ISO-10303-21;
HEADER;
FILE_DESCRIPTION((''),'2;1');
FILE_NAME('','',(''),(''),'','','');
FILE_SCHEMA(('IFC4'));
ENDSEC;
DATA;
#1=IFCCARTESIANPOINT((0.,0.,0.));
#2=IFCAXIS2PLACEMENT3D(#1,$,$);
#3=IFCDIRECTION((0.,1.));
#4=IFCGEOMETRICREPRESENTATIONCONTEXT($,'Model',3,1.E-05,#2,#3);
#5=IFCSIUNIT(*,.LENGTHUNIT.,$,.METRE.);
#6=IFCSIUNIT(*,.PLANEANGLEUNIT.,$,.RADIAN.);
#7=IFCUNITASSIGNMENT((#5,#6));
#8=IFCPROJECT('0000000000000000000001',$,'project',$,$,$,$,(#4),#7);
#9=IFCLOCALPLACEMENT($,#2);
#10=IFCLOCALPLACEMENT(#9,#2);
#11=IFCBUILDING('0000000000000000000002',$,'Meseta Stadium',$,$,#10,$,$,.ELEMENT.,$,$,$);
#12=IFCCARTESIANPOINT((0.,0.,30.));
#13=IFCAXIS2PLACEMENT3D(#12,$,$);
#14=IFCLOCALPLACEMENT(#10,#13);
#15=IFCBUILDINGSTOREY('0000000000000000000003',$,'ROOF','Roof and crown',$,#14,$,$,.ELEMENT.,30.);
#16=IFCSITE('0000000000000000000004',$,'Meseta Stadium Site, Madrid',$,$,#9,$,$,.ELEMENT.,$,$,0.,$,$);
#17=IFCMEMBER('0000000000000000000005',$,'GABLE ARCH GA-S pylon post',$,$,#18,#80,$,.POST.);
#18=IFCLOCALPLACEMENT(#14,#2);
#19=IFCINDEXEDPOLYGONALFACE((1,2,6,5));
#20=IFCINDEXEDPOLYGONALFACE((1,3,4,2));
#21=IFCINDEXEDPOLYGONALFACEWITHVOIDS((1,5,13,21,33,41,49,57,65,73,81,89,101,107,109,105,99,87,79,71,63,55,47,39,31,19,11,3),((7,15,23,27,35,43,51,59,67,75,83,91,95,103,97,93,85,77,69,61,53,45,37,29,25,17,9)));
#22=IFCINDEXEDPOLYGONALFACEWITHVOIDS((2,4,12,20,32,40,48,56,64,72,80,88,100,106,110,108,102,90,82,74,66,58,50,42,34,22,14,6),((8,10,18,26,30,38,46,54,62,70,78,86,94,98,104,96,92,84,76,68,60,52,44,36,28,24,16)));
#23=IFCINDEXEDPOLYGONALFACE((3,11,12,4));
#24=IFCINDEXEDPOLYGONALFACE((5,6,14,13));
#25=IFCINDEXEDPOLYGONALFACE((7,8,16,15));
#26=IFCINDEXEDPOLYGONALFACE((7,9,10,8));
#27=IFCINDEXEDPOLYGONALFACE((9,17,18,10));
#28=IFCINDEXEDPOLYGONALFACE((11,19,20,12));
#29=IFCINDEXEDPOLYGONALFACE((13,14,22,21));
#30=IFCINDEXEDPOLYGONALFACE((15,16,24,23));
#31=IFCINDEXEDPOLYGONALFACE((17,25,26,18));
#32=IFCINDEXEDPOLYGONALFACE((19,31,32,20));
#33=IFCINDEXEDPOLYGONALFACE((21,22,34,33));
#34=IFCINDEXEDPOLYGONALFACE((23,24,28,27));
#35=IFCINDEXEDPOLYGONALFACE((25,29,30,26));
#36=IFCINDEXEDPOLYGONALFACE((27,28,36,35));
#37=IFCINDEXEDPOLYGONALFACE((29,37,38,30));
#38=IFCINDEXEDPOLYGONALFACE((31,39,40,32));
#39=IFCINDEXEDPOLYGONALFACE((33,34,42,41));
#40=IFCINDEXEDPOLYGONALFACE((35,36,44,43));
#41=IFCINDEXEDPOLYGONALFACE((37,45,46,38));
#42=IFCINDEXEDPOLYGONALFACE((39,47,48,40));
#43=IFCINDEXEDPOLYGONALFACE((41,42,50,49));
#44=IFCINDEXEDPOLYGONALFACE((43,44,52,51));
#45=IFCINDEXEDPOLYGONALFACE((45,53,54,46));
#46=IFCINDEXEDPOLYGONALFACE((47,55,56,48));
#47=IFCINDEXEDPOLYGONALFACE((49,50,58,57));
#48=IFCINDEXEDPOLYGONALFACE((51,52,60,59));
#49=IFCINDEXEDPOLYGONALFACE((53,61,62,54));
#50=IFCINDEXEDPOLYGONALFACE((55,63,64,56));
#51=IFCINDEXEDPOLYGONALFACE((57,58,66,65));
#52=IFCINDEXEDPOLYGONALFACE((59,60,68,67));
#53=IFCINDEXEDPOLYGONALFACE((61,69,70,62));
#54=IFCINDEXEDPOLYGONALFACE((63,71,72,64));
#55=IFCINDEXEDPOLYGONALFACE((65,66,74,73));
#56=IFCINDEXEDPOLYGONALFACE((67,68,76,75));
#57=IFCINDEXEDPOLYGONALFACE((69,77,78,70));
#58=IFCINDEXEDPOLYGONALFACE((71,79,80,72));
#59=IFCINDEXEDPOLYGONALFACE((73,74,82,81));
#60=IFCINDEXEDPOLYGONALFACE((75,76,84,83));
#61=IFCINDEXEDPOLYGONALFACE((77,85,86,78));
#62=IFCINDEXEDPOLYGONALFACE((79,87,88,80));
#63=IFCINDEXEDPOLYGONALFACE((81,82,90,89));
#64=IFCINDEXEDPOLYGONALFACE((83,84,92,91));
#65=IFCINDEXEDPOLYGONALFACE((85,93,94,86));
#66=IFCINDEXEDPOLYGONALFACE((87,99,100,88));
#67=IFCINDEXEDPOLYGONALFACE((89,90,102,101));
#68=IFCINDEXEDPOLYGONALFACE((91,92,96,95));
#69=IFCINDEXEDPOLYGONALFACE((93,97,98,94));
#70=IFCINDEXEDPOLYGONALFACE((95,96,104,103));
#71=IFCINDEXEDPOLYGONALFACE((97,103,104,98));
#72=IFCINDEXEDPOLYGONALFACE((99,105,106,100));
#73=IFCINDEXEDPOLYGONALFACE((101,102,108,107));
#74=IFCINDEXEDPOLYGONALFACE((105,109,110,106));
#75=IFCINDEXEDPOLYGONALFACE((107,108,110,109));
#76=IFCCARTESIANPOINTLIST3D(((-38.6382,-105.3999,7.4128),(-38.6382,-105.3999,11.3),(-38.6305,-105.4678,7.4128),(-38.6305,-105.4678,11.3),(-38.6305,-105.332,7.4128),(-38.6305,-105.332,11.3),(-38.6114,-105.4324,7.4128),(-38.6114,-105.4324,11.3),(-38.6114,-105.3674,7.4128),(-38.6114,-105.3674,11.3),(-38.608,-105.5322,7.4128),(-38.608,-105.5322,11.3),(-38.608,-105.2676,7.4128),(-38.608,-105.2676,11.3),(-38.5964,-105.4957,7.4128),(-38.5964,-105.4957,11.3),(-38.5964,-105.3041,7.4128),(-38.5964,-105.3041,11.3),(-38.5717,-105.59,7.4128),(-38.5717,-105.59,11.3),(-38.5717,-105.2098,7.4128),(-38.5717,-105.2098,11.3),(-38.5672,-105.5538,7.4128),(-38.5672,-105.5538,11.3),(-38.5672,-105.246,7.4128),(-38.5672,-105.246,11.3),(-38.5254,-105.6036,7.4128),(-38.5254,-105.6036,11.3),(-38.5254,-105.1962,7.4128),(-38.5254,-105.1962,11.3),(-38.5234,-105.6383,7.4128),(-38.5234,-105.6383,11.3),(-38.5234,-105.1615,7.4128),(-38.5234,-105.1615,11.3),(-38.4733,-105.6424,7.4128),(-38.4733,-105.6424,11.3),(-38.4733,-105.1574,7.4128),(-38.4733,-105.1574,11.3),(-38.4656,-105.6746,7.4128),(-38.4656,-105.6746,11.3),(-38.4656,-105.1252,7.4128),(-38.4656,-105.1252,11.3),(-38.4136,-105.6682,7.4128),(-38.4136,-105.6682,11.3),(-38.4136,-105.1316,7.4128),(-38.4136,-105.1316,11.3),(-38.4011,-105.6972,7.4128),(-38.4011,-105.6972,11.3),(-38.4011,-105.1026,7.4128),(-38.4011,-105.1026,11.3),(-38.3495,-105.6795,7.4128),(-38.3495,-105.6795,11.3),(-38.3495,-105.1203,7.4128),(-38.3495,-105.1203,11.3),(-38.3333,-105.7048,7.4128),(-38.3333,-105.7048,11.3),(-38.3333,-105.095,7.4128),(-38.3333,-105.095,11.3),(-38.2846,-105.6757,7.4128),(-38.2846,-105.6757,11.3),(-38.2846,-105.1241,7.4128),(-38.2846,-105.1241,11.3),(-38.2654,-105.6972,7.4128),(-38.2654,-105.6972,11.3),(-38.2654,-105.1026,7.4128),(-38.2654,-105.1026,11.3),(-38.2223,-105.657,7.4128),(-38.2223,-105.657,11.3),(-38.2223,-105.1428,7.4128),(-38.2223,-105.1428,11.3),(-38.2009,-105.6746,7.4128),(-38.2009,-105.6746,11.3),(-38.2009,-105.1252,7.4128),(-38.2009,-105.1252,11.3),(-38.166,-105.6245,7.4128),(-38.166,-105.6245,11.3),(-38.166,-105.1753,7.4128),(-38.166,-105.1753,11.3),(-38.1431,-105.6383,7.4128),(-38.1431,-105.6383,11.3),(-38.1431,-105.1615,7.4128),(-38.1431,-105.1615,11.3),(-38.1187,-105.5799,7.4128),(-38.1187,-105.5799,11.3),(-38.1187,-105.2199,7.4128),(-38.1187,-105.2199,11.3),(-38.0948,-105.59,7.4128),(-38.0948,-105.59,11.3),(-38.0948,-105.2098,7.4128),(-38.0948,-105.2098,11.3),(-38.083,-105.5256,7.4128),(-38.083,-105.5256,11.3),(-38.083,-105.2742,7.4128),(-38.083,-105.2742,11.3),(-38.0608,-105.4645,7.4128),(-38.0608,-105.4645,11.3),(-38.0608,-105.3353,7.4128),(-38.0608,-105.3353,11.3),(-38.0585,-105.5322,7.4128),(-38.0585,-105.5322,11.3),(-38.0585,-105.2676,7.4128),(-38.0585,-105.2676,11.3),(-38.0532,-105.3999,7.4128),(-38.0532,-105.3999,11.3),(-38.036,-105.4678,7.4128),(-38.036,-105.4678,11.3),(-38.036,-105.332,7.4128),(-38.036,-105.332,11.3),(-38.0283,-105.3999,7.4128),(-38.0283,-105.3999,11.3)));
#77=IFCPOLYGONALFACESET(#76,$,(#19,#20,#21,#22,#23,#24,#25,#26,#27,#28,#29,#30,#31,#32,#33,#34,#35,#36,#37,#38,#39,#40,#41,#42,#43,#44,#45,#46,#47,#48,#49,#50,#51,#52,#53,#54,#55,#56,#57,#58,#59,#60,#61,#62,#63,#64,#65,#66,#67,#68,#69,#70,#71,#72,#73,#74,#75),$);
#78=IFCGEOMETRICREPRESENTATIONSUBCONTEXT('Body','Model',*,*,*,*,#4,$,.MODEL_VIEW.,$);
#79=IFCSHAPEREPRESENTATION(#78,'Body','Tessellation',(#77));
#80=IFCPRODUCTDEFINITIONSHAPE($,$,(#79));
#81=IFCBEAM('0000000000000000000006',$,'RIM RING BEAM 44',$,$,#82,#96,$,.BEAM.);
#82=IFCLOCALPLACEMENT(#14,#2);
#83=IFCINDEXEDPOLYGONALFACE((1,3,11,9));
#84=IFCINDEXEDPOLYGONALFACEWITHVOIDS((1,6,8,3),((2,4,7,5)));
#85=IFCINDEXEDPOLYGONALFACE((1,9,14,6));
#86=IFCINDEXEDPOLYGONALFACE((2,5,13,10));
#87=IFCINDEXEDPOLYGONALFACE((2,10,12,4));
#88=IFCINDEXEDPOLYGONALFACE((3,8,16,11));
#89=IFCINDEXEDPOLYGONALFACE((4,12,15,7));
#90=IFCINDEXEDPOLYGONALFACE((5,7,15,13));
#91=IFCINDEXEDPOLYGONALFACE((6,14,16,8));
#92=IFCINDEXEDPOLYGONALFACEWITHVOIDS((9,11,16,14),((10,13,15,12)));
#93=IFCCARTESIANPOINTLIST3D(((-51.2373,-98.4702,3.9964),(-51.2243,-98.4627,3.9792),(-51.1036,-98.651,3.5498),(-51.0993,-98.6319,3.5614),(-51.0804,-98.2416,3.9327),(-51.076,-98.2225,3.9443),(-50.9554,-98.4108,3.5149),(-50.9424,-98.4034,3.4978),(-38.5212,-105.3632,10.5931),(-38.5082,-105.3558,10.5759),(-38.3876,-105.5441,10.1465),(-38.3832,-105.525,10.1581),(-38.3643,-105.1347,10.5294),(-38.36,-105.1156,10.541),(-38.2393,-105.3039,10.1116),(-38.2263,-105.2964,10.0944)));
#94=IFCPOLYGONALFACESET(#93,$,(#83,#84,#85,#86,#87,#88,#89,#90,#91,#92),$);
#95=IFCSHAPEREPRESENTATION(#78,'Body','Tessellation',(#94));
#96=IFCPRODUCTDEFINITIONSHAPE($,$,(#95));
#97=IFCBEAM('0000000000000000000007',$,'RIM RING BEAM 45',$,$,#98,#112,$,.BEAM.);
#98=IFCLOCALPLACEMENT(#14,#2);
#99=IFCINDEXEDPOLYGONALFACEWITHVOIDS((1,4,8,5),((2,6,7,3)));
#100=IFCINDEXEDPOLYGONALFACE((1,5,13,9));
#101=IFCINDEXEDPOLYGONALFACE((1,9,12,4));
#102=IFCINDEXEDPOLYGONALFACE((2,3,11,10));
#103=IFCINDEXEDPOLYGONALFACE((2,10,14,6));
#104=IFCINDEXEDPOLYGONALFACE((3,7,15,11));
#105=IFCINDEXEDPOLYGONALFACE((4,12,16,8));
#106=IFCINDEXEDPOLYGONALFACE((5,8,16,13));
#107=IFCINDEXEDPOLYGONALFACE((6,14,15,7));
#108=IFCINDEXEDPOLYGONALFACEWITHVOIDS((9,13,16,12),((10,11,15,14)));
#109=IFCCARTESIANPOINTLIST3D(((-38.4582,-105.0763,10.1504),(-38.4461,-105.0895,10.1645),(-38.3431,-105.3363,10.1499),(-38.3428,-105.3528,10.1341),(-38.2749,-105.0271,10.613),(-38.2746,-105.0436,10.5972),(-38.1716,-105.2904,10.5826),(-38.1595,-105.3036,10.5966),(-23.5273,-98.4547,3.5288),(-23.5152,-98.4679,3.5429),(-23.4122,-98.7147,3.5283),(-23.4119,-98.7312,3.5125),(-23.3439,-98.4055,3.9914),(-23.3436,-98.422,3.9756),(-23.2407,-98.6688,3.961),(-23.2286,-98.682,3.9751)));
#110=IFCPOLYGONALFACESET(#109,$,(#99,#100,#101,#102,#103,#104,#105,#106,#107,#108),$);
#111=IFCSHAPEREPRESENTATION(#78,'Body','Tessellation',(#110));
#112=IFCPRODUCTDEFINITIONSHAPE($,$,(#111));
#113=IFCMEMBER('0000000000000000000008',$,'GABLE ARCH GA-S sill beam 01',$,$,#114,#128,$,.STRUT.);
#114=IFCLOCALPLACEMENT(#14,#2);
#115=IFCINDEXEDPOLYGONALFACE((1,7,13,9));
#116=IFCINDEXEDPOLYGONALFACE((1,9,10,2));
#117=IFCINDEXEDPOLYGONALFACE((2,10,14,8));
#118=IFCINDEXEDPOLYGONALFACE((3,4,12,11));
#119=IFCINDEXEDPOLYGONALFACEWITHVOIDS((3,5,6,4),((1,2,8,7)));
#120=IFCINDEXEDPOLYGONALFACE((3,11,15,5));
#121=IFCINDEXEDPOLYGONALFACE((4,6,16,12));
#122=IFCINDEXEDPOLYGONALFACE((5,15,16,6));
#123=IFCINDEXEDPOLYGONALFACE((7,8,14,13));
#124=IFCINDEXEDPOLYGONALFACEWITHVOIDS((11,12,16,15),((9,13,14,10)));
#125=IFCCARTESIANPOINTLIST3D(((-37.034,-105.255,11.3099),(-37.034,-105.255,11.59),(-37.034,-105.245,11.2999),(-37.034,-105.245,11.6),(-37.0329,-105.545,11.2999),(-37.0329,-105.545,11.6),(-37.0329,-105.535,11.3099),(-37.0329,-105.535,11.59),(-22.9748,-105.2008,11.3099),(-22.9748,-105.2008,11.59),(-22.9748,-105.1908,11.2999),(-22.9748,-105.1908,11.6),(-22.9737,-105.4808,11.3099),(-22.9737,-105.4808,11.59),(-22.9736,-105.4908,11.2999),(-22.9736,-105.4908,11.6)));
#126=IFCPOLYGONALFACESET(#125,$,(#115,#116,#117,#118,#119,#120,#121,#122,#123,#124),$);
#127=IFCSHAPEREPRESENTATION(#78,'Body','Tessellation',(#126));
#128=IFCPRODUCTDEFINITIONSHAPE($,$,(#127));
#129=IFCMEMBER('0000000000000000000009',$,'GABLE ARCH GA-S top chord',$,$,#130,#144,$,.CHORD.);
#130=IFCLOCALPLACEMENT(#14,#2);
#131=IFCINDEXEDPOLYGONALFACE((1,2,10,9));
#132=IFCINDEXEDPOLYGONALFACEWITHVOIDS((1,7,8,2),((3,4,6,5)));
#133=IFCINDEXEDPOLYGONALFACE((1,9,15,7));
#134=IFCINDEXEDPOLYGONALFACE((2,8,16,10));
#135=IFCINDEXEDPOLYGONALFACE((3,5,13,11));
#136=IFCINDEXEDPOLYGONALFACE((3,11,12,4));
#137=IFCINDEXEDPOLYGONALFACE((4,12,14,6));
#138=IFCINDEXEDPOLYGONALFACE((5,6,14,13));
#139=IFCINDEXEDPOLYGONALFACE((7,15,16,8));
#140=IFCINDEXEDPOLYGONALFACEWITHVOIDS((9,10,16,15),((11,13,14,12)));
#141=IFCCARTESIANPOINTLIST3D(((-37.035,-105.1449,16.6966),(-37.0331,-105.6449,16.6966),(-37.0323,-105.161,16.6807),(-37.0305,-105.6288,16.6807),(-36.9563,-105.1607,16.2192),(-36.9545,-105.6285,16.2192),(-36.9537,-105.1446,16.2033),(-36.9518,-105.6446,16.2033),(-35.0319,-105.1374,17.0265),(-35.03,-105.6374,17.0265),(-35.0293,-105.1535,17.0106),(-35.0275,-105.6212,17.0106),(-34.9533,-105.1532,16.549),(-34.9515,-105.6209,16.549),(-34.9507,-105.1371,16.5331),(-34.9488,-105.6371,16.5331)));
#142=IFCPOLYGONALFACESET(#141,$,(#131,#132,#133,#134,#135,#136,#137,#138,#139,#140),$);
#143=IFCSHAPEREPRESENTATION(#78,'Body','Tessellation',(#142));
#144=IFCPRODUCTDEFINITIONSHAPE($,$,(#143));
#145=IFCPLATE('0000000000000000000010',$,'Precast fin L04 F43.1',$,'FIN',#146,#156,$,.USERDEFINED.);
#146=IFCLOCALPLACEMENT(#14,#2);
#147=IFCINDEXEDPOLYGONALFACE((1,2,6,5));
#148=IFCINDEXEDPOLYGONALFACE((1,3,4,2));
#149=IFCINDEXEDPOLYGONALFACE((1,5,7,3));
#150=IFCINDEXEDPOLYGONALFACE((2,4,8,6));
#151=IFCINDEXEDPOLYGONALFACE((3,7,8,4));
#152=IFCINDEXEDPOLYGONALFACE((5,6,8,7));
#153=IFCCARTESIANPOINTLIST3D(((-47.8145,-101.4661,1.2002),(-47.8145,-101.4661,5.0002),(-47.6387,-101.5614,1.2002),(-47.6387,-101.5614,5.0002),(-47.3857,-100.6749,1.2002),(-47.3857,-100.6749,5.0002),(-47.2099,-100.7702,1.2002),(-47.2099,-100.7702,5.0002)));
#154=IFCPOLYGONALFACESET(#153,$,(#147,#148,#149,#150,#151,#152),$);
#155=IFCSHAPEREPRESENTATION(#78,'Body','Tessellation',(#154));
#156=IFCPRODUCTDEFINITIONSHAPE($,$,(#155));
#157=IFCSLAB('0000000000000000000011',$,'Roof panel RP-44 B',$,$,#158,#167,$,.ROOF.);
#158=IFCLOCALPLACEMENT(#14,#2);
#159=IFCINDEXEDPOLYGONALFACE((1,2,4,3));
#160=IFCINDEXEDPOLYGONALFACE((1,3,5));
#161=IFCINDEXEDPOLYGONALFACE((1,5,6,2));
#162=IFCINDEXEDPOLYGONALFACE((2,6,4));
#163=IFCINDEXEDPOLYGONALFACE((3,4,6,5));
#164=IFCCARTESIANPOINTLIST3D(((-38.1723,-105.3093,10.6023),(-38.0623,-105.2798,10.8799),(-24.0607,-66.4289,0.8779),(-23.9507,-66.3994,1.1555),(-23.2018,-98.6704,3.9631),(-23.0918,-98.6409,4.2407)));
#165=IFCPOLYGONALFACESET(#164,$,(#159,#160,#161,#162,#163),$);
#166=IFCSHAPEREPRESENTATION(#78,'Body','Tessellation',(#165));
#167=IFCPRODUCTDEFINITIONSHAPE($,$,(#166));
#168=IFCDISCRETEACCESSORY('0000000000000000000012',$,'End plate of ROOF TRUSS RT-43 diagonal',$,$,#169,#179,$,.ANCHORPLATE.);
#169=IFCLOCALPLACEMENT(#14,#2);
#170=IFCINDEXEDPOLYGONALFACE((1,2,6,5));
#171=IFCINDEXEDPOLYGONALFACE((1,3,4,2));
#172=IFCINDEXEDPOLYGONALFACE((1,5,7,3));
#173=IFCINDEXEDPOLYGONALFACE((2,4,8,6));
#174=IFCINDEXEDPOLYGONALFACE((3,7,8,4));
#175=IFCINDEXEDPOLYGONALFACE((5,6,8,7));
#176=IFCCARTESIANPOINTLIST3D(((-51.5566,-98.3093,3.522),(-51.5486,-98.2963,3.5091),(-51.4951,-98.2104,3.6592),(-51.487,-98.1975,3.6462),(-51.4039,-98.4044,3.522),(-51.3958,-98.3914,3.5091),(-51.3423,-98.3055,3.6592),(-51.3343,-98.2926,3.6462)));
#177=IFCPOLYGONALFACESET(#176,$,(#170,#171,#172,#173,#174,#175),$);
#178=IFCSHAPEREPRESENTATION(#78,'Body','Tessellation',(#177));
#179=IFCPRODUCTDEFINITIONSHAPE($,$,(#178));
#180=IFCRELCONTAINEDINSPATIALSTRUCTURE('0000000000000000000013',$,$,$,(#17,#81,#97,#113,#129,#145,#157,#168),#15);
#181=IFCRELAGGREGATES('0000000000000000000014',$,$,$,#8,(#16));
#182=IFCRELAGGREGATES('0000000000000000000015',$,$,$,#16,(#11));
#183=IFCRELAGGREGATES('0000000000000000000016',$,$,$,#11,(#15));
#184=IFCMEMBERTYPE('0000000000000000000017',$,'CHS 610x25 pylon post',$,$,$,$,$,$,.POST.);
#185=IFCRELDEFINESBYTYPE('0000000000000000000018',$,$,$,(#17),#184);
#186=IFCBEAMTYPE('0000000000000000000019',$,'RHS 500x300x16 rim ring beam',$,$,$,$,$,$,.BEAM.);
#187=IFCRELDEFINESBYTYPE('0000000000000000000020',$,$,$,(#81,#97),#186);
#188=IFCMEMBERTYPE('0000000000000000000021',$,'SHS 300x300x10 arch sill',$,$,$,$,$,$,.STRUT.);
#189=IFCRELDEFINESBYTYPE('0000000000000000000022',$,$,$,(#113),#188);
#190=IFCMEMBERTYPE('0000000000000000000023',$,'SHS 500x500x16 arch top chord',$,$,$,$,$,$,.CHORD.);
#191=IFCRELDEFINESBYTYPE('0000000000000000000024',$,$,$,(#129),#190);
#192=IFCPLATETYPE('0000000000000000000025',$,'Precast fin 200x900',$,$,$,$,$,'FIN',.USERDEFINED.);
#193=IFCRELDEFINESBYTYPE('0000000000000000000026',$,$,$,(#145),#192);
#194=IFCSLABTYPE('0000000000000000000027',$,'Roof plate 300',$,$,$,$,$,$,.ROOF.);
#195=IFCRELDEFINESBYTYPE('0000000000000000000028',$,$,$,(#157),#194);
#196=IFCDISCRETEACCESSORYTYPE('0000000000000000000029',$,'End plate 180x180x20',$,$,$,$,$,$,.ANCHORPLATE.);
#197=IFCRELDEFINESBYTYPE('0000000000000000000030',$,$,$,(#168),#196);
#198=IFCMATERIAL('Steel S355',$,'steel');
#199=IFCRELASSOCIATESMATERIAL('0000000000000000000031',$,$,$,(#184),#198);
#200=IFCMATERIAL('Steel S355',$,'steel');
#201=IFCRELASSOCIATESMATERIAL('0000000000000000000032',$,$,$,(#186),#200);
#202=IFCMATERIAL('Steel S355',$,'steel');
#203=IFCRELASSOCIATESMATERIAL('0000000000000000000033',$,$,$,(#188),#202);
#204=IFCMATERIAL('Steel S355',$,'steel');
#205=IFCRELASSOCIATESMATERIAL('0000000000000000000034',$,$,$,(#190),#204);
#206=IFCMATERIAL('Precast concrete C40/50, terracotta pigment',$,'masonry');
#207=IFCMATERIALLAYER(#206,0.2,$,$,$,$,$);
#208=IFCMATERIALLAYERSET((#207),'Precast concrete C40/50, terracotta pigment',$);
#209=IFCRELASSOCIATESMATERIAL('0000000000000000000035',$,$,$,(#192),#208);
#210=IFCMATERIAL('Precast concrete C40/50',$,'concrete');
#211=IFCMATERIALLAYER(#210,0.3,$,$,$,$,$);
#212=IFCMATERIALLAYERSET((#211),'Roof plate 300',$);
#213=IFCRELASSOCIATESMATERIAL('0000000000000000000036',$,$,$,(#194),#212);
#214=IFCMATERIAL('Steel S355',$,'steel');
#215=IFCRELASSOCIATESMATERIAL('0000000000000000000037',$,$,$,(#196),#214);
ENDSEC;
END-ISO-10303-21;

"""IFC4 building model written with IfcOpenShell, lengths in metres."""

from ifc_helpers import new_model, si_unit, direction, frame, origin, origin_2d, place, context, subcontext, project, spatial, polyline, rectangle, hollow_rectangle, hollow_circle, outline, extrude, material, layer, layer_set, material_profile, profile_set, type_object, element, save


model = new_model("IFC4")

# Units and contexts
model_context = context("Model", 3, precision=1e-05, world=origin(), true_north=direction((0.0, 1.0)))
body_context = subcontext(model_context, "Body", "Model", "MODEL_VIEW")
ifc_project = project(units=[si_unit("LENGTHUNIT", "METRE"), si_unit("PLANEANGLEUNIT", "RADIAN")], contexts=[model_context])

# Site, building, storey
site_placement = place(None, origin())
site = spatial("IfcSite", under=ifc_project, at=site_placement, Name="Meseta Stadium Site, Madrid", CompositionType="ELEMENT", RefElevation=0.0)
building_placement = place(site_placement, origin())
building = spatial("IfcBuilding", under=site, at=building_placement, Name="Meseta Stadium", CompositionType="ELEMENT")
storey_placement = place(building_placement, frame((0.0, 0.0, 30.0)))
storey = spatial("IfcBuildingStorey", under=building, at=storey_placement, Name="ROOF", Description="Roof and crown", CompositionType="ELEMENT", Elevation=30.0)

# Member
ifc_material_1 = material(Name="Steel S355", Category="steel")
ifc_material_profile_1 = material_profile(ifc_material_1, hollow_circle(Radius=0.3049, WallThickness=0.0249, at=origin_2d()), Name="CHS 610x25")
ifc_profile_set_1 = profile_set([ifc_material_profile_1], Name="Steel S355")
member_type_1 = type_object("IfcMemberType", Name="CHS 610x25 pylon post", PredefinedType="POST", material=ifc_profile_set_1)
member_1_placement = place(storey_placement, frame((-38.3333, -105.3999, 7.4128), z_axis=(0.0, 0.0, 1.0), x_axis=(1.0, 0.0, 0.0)))
element("IfcMember", 1, at=member_1_placement, inside=storey, type_object=member_type_1, Name="GABLE ARCH GA-S pylon post", PredefinedType="POST", context=body_context, shape_type="SweptSolid", body=[
    extrude(hollow_circle(Radius=0.3049, WallThickness=0.0249, at=origin_2d()), origin(), (0.0, 0.0, 1.0), 3.8872),
])

# Beams
ifc_material_2 = material(Name="Steel S355", Category="steel")
ifc_material_profile_2 = material_profile(ifc_material_2, hollow_rectangle(XDim=0.3, YDim=0.5, WallThickness=0.0161, at=origin_2d()), Name="RHS 500x300x16")
ifc_profile_set_2 = profile_set([ifc_material_profile_2], Name="Steel S355")
beam_type = type_object("IfcBeamType", Name="RHS 500x300x16 rim ring beam", PredefinedType="BEAM", material=ifc_profile_set_2)
beam_1_placement = place(storey_placement, frame((-51.0898, -98.4368, 3.7471), z_axis=(0.799881, -0.433596, 0.414952), x_axis=(0.537362, 0.825325, -0.173437)))
element("IfcBeam", 2, at=beam_1_placement, inside=storey, type_object=beam_type, Name="RIM RING BEAM 44", PredefinedType="BEAM", context=body_context, shape_type="SweptSolid", body=[
    extrude(hollow_rectangle(XDim=0.3, YDim=0.5, WallThickness=0.0161, at=origin_2d()), origin(), (0.0, 0.0, 1.0), 15.8975),
])
beam_2_placement = place(storey_placement, frame((-38.3088, -105.1899, 10.3735), z_axis=(0.847168, 0.375703, -0.375703), x_axis=(-0.384507, 0.921512, 0.054493)))
element("IfcBeam", 3, at=beam_2_placement, inside=storey, type_object=beam_type, Name="RIM RING BEAM 45", PredefinedType="BEAM", context=body_context, shape_type="SweptSolid", body=[
    extrude(hollow_rectangle(XDim=0.3, YDim=0.5, WallThickness=0.0161, at=origin_2d()), origin(), (0.0, 0.0, 1.0), 17.6245),
])

# Members
ifc_material_3 = material(Name="Steel S355", Category="steel")
ifc_material_profile_3 = material_profile(ifc_material_3, hollow_rectangle(XDim=0.3, YDim=0.3, WallThickness=0.01, at=origin_2d()), Name="SHS 300x300x10")
ifc_profile_set_3 = profile_set([ifc_material_profile_3], Name="Steel S355")
member_type_2 = type_object("IfcMemberType", Name="SHS 300x300x10 arch sill", PredefinedType="STRUT", material=ifc_profile_set_3)
member_2_placement = place(storey_placement, frame((-37.0334, -105.395, 11.45), z_axis=(0.999993, 0.003855, 0.0), x_axis=(-0.003855, 0.999993, 0.0)))
element("IfcMember", 4, at=member_2_placement, inside=storey, type_object=member_type_2, Name="GABLE ARCH GA-S sill beam 01", PredefinedType="STRUT", context=body_context, shape_type="SweptSolid", body=[
    extrude(hollow_rectangle(XDim=0.3, YDim=0.3, WallThickness=0.01, at=origin_2d()), origin(), (0.0, 0.0, 1.0), 14.0593),
])
ifc_material_4 = material(Name="Steel S355", Category="steel")
ifc_material_profile_4 = material_profile(ifc_material_4, hollow_rectangle(XDim=0.5, YDim=0.5, WallThickness=0.0161, at=origin_2d()), Name="SHS 500x500x16")
ifc_profile_set_4 = profile_set([ifc_material_profile_4], Name="Steel S355")
member_type_3 = type_object("IfcMemberType", Name="SHS 500x500x16 arch top chord", PredefinedType="CHORD", material=ifc_profile_set_4)
member_3_placement = place(storey_placement, frame((-36.9934, -105.3948, 16.45), z_axis=(0.986704, 0.003728, 0.162486), x_axis=(-0.003779, 0.999993, 0.0)))
element("IfcMember", 5, at=member_3_placement, inside=storey, type_object=member_type_3, Name="GABLE ARCH GA-S top chord", PredefinedType="CHORD", context=body_context, shape_type="SweptSolid", body=[
    extrude(hollow_rectangle(XDim=0.5, YDim=0.5, WallThickness=0.0161, at=origin_2d()), origin(), (0.0, 0.0, 1.0), 2.03),
])

# Plate
ifc_material_5 = material(Name="Precast concrete C40/50, terracotta pigment", Category="masonry")
ifc_layer_1 = layer(ifc_material_5, 0.2)
ifc_layer_set_1 = layer_set([ifc_layer_1], Name="Precast concrete C40/50, terracotta pigment")
plate_type = type_object("IfcPlateType", Name="Precast fin 200x900", ElementType="FIN", PredefinedType="USERDEFINED", material=ifc_layer_set_1)
plate_placement = place(storey_placement, frame((-47.5122, -101.1182, 1.2002), z_axis=(0.0, 0.0, 1.0), x_axis=(-0.879142, 0.47656, 0.0)))
element("IfcPlate", 6, at=plate_placement, inside=storey, type_object=plate_type, Name="Precast fin L04 F43.1", ObjectType="FIN", PredefinedType="USERDEFINED", context=body_context, shape_type="SweptSolid", body=[
    extrude(rectangle(XDim=0.2, YDim=0.8999, at=origin_2d()), origin(), (0.0, 0.0, 1.0), 3.8),
])

# Slab
ifc_material_6 = material(Name="Precast concrete C40/50", Category="concrete")
ifc_layer_2 = layer(ifc_material_6, 0.3)
ifc_layer_set_2 = layer_set([ifc_layer_2], Name="Roof plate 300")
slab_type = type_object("IfcSlabType", Name="Roof plate 300", PredefinedType="ROOF", material=ifc_layer_set_2)
slab_placement = place(storey_placement, frame((-38.0623, -105.2798, 10.8799), z_axis=(0.366692, 0.098295, 0.925135), x_axis=(0.332117, 0.915052, -0.228864)))
element("IfcSlab", 7, at=slab_placement, inside=storey, type_object=slab_type, Name="Roof panel RP-44 B", PredefinedType="ROOF", context=body_context, shape_type="SweptSolid", body=[
    extrude(outline(polyline([(0.0, 0.0), (42.4898, 0.0), (12.5664, -12.424), (0.0, 0.0)])), origin(), (0.0, 0.0, -1.0), 0.3),
])

# Discrete accessory
ifc_material_7 = material(Name="Steel S355", Category="steel")
ifc_material_profile_5 = material_profile(ifc_material_7, rectangle(XDim=0.1799, YDim=0.1799, at=origin_2d()), Name="PL 180x180")
ifc_profile_set_5 = profile_set([ifc_material_profile_5], Name="Steel S355")
discrete_accessory_type_1 = type_object("IfcDiscreteAccessoryType", Name="End plate 180x180x20", PredefinedType="ANCHORPLATE", material=ifc_profile_set_5)
discrete_accessory_1_placement = place(storey_placement, frame((-51.4414, -98.2944, 3.5776), z_axis=(-0.402949, -0.64716, 0.64716), x_axis=(0.848897, -0.528558, 0.0)))
element("IfcDiscreteAccessory", 8, at=discrete_accessory_1_placement, inside=storey, type_object=discrete_accessory_type_1, Name="End plate of ROOF TRUSS RT-43 diagonal", PredefinedType="ANCHORPLATE", context=body_context, shape_type="SweptSolid", body=[
    extrude(rectangle(XDim=0.1799, YDim=0.1799, at=origin_2d()), origin(), (0.0, 0.0, 1.0), 0.02),
])

save(model, "model.ifc")
